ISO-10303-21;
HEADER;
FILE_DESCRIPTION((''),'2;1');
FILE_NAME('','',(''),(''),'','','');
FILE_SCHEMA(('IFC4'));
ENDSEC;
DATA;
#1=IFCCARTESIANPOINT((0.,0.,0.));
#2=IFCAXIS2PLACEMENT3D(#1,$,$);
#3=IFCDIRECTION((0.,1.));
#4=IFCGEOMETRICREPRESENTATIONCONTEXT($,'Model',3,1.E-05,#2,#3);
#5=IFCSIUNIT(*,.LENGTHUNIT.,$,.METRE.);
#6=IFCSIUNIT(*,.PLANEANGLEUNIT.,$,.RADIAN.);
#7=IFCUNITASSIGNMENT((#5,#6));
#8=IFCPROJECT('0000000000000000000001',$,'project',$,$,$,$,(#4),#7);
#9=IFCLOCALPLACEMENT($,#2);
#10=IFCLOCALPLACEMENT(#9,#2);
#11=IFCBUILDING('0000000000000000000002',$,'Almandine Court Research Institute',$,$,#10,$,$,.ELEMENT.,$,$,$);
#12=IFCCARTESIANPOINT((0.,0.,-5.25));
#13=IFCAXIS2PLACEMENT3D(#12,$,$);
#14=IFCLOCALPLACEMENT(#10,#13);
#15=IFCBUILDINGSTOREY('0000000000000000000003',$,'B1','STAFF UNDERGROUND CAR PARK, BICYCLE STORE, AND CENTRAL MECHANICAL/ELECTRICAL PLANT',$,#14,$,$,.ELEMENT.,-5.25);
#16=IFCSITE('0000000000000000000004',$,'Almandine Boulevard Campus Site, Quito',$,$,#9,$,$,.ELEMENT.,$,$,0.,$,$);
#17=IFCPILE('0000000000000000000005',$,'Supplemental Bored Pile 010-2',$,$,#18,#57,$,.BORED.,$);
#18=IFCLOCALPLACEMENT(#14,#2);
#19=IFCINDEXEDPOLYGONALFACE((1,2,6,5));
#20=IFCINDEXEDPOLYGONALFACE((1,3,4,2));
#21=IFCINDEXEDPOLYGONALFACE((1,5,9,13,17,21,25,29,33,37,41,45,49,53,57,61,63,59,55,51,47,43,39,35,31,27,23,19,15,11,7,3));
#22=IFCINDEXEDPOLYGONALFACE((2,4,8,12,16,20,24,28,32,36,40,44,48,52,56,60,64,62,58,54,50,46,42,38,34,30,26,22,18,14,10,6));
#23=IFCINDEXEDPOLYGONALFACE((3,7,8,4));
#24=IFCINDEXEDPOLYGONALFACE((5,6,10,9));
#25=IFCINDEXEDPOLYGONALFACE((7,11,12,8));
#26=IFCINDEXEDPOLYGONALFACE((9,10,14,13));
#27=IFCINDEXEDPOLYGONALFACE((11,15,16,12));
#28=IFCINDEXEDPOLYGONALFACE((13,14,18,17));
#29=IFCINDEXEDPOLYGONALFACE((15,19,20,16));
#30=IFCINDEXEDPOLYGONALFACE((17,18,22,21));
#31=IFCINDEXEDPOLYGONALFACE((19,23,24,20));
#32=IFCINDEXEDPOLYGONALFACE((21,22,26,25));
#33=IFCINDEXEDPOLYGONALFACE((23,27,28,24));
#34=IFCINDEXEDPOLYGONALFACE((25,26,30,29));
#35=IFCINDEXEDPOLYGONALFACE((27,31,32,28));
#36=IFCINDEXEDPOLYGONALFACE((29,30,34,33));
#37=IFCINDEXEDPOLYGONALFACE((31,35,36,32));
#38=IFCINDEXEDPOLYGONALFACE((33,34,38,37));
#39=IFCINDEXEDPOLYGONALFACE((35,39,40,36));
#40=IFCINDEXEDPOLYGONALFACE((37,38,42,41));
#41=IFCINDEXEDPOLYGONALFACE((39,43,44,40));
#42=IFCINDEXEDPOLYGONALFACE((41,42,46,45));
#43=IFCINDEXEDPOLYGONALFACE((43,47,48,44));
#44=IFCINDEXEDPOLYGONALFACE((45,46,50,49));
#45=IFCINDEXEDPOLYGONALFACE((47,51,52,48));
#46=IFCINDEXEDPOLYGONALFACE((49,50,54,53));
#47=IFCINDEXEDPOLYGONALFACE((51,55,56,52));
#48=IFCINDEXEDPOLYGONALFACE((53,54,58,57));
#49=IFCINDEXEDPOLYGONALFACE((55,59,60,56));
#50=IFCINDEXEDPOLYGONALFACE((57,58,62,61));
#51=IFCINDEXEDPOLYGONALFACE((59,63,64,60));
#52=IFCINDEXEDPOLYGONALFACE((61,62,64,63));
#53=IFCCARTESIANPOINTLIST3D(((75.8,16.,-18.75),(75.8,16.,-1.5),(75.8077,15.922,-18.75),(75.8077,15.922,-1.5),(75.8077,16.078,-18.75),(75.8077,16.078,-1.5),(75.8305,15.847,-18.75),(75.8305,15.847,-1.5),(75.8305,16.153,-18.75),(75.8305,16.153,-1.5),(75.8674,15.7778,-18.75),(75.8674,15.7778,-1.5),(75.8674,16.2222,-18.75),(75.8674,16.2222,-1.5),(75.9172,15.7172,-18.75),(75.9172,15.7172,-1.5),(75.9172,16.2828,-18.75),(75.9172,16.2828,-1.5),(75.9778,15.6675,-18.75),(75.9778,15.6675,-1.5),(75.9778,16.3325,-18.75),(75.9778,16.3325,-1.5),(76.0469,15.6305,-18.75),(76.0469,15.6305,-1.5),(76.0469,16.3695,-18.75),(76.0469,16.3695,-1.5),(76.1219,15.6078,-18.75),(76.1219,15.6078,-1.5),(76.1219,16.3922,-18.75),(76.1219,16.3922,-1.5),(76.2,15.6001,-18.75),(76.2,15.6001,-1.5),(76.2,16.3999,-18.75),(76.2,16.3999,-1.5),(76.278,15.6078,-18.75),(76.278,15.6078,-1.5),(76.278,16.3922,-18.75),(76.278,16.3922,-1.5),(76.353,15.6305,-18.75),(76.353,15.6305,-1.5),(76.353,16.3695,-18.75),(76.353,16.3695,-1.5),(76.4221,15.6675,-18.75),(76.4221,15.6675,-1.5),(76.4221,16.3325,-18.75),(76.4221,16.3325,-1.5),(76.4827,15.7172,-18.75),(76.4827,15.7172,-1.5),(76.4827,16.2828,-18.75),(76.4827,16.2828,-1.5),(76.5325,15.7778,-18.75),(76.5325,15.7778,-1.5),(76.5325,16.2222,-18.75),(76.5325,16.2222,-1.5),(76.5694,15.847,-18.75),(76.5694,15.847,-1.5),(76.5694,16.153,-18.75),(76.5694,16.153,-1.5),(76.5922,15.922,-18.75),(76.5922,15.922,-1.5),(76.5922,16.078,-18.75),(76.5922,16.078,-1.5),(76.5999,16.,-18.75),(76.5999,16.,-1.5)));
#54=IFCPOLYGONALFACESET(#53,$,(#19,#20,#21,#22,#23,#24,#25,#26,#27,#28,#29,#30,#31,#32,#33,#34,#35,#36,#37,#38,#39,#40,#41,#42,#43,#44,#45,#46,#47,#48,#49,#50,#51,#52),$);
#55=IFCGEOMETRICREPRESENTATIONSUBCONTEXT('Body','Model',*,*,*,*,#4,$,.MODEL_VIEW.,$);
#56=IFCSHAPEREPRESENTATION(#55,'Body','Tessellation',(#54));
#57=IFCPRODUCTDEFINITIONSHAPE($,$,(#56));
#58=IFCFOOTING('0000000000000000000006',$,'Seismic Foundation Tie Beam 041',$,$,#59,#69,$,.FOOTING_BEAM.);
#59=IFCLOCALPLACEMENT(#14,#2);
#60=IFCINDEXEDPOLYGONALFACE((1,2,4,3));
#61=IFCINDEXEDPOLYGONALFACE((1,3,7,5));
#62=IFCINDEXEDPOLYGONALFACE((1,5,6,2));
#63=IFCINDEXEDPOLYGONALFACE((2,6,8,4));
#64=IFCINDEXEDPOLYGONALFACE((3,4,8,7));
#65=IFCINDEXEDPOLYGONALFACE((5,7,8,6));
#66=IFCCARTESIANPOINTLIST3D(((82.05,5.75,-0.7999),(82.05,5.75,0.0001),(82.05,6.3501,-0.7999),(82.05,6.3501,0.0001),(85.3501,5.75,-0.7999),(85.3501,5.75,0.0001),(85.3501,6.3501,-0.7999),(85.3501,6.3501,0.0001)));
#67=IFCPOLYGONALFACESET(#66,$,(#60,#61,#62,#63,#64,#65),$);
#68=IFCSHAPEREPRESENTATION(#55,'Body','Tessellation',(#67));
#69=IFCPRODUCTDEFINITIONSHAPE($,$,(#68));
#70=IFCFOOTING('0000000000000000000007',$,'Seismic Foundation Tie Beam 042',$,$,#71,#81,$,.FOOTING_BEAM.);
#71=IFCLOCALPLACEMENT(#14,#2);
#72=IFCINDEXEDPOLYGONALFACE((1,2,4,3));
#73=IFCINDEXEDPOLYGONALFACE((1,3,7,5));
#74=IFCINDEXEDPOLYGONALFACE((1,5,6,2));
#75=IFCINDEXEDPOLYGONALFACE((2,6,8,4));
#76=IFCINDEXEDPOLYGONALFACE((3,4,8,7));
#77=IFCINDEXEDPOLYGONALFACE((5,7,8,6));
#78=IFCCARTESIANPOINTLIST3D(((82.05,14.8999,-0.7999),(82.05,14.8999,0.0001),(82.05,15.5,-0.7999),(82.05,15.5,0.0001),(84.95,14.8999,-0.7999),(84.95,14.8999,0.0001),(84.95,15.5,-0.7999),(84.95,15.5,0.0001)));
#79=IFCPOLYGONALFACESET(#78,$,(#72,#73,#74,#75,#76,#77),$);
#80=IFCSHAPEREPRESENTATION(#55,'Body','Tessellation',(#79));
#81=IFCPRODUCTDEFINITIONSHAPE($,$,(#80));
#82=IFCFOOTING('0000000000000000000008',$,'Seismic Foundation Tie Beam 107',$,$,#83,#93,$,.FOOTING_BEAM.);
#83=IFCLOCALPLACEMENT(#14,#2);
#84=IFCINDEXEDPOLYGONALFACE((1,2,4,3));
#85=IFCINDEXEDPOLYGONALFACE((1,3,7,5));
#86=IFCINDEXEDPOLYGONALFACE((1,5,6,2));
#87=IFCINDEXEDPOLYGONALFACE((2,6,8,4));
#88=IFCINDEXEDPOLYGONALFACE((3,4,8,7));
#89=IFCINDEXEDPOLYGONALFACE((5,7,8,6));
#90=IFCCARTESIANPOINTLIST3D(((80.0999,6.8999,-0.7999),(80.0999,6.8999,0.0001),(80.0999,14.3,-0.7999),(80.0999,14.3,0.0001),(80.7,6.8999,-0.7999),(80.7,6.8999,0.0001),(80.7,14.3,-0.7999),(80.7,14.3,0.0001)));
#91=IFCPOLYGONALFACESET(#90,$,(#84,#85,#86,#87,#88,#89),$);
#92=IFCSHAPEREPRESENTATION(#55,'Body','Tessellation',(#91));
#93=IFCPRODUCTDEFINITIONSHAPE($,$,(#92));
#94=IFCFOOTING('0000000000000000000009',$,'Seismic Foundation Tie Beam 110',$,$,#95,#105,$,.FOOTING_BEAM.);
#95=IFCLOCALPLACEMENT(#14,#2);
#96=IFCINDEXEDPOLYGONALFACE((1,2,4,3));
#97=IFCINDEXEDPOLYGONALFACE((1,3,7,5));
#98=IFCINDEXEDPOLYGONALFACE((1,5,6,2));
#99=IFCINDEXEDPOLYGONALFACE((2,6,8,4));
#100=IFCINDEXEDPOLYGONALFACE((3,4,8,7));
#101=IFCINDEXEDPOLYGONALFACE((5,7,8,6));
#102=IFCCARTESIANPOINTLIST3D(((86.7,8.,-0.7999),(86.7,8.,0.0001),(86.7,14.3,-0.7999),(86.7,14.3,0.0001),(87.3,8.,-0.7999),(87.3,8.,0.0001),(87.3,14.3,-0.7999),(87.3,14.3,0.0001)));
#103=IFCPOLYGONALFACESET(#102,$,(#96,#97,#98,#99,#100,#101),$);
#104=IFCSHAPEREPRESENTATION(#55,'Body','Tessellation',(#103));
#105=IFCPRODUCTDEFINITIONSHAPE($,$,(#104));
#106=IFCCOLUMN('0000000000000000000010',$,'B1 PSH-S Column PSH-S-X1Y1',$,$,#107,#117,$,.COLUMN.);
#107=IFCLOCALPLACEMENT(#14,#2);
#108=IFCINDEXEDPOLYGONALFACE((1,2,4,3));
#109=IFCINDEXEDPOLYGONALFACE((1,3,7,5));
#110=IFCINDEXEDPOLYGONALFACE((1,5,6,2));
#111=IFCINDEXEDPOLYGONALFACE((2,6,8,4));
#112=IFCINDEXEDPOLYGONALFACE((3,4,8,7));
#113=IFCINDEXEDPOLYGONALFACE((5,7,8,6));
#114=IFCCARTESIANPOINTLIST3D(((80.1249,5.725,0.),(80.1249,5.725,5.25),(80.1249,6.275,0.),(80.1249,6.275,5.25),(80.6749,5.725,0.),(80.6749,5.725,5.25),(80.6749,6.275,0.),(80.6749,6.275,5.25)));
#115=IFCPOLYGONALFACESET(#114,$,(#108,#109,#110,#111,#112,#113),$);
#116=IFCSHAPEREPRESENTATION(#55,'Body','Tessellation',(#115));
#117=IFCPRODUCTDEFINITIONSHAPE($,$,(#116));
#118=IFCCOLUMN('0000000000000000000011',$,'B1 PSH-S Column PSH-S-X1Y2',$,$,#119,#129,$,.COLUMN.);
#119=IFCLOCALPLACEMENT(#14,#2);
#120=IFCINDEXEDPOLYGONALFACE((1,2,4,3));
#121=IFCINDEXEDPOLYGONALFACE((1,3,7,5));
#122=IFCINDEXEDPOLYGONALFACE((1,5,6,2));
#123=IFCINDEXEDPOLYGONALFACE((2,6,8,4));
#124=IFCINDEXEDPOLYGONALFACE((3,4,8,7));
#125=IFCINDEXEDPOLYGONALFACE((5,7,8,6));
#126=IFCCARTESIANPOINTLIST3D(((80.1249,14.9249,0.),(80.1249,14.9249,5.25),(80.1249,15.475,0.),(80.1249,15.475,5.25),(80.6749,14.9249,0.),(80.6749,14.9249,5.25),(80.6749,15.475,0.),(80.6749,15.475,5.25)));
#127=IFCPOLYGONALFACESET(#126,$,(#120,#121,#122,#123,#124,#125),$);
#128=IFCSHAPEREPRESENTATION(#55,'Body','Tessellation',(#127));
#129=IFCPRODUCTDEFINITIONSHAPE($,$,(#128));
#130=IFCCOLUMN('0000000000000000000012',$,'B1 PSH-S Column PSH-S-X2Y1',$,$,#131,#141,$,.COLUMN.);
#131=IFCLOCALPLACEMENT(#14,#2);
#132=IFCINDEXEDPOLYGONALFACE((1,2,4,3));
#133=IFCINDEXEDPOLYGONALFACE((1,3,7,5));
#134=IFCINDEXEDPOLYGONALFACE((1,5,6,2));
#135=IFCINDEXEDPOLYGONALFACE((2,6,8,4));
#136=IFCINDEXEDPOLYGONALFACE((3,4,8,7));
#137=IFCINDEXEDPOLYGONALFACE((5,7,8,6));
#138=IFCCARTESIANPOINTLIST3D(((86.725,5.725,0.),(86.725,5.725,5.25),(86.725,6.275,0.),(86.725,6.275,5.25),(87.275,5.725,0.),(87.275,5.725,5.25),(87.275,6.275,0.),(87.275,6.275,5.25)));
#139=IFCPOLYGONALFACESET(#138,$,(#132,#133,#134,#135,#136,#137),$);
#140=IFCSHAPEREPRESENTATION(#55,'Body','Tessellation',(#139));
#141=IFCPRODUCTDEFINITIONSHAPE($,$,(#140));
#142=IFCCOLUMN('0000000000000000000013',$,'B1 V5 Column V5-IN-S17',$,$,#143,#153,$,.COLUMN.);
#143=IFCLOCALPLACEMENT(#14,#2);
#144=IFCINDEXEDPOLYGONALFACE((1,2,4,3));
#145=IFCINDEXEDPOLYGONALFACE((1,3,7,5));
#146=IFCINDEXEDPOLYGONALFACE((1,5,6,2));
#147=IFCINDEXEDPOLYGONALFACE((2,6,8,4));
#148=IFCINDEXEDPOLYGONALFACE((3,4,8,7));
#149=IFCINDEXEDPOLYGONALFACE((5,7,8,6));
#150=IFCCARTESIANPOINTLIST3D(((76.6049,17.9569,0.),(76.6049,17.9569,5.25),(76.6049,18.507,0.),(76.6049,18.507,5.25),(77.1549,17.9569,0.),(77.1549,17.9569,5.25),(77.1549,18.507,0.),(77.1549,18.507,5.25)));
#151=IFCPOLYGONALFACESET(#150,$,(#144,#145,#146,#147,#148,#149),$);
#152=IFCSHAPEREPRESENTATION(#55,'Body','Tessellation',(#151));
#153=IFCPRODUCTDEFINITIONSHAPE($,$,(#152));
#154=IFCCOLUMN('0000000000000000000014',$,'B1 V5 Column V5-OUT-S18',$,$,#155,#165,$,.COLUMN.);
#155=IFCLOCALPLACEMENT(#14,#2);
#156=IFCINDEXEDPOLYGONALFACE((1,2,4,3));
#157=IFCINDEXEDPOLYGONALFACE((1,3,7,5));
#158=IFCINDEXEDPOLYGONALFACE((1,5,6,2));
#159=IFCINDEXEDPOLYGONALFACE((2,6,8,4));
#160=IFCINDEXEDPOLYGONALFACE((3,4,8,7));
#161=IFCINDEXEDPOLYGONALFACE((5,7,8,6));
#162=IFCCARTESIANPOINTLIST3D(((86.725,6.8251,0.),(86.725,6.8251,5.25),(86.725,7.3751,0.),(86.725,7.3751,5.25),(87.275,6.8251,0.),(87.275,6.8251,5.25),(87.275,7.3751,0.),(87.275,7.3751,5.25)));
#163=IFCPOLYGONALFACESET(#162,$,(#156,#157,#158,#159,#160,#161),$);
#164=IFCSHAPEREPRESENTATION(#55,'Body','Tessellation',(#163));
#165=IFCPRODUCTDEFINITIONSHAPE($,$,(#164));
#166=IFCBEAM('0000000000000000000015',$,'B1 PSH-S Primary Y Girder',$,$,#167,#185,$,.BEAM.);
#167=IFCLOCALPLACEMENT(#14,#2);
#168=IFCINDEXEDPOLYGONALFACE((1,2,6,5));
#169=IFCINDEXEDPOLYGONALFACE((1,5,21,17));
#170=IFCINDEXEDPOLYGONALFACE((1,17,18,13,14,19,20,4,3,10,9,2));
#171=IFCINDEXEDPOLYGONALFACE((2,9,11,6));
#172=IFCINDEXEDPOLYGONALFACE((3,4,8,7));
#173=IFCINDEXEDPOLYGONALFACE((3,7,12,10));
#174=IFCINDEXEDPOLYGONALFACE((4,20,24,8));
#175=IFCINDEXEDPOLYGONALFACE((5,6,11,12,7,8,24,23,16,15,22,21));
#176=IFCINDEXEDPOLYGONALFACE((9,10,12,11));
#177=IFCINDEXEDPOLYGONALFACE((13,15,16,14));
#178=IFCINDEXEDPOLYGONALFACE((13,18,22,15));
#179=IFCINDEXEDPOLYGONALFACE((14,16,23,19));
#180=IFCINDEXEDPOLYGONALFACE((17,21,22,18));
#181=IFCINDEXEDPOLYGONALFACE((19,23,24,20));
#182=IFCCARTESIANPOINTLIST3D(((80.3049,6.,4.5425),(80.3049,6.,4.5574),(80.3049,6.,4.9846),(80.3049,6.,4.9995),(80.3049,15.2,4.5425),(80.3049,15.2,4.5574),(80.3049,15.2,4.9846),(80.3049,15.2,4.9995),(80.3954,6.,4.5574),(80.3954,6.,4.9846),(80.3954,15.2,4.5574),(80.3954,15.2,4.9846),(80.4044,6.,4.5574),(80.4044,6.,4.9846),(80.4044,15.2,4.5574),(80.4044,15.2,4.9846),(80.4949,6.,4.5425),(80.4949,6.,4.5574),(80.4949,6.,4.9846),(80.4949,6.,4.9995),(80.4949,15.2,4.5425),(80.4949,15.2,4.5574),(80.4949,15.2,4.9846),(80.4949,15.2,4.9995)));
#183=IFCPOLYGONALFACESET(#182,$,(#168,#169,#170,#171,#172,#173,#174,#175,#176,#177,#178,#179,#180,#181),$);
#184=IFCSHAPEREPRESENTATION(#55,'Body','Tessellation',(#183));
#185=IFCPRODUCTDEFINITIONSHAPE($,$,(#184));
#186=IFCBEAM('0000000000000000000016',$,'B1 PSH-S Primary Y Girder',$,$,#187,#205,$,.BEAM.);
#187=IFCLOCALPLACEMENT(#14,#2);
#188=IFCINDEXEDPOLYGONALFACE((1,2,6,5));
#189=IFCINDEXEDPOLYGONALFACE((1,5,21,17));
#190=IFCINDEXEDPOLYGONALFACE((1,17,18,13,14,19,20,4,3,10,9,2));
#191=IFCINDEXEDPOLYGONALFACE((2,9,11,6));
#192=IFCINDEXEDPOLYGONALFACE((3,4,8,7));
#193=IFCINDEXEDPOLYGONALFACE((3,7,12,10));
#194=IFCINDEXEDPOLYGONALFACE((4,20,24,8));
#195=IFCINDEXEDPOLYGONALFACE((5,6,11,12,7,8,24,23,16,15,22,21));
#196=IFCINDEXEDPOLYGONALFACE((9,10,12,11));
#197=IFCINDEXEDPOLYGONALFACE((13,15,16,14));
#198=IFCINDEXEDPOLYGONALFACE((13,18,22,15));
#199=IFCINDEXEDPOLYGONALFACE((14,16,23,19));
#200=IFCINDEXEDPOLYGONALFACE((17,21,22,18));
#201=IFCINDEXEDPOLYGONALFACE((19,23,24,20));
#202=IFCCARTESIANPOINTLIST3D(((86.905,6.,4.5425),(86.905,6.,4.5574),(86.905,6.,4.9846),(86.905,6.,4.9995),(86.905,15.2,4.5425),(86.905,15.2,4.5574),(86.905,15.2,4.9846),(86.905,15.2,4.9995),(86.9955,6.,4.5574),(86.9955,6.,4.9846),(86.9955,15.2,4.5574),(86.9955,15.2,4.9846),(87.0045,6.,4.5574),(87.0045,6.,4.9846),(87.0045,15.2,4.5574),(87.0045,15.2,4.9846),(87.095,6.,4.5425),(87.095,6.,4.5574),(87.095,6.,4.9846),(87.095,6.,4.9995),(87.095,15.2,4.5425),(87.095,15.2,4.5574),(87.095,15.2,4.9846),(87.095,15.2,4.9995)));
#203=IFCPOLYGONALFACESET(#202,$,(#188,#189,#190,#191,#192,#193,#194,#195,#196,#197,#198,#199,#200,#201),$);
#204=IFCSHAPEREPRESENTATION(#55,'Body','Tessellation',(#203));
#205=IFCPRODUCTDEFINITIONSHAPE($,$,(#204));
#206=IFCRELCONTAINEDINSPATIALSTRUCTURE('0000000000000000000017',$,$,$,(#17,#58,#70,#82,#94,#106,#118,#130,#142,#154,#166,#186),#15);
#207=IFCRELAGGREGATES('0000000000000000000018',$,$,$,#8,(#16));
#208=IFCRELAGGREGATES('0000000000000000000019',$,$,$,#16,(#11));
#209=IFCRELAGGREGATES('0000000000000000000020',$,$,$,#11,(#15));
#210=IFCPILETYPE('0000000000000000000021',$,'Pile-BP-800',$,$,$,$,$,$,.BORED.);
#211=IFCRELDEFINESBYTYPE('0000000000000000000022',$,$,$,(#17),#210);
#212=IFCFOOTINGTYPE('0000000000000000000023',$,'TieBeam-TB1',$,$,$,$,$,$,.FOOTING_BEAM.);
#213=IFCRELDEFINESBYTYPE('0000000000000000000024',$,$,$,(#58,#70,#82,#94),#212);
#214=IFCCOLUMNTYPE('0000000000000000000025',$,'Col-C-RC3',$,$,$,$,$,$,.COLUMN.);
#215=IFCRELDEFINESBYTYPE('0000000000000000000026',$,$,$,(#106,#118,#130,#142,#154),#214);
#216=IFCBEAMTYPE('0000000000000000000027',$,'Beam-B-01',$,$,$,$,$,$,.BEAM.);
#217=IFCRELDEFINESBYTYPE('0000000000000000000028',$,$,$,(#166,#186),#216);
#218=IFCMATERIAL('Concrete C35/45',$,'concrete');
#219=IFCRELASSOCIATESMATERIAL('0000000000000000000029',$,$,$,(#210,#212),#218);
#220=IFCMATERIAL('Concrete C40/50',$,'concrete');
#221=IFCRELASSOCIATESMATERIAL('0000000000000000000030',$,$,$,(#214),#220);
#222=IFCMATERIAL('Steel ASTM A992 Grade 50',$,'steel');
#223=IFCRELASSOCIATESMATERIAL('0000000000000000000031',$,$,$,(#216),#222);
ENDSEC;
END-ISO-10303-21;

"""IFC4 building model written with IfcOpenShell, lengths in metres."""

from ifc_helpers import new_model, si_unit, direction, frame, origin, origin_2d, place, context, subcontext, project, spatial, rectangle, circle, i_section, extrude, material, material_profile, profile_set, type_object, element, save


model = new_model("IFC4")

# Units and contexts
model_context = context("Model", 3, precision=1e-05, world=origin(), true_north=direction((0.0, 1.0)))
body_context = subcontext(model_context, "Body", "Model", "MODEL_VIEW")
ifc_project = project(units=[si_unit("LENGTHUNIT", "METRE"), si_unit("PLANEANGLEUNIT", "RADIAN")], contexts=[model_context])

# Site, building, storey
site_placement = place(None, origin())
site = spatial("IfcSite", under=ifc_project, at=site_placement, Name="Almandine Boulevard Campus Site, Quito", CompositionType="ELEMENT", RefElevation=0.0)
building_placement = place(site_placement, origin())
building = spatial("IfcBuilding", under=site, at=building_placement, Name="Almandine Court Research Institute", CompositionType="ELEMENT")
storey_placement = place(building_placement, frame((0.0, 0.0, -5.25)))
storey = spatial("IfcBuildingStorey", under=building, at=storey_placement, Name="B1", Description="STAFF UNDERGROUND CAR PARK, BICYCLE STORE, AND CENTRAL MECHANICAL/ELECTRICAL PLANT", CompositionType="ELEMENT", Elevation=-5.25)

# Shared definitions
ifc_material_1 = material(Name="Concrete C35/45", Category="concrete")

# Pile
ifc_material_profile_1 = material_profile(ifc_material_1, circle(Radius=0.3999, at=origin_2d()), Name="BORED PILE D800")
ifc_profile_set_1 = profile_set([ifc_material_profile_1], Name="Concrete C35/45")
pile_type_1 = type_object("IfcPileType", Name="Pile-BP-800", PredefinedType="BORED", material=ifc_profile_set_1)
for number, where, z_axis, x_axis, name in (
    (1, (76.2, 16.0, -1.5), (0.0, 0.0, -1.0), (1.0, 0.0, 0.0), "Supplemental Bored Pile 010-2"),
):
    element("IfcPile", number, at=place(storey_placement, frame(where, z_axis=z_axis, x_axis=x_axis)), inside=storey, type_object=pile_type_1, Name=name, PredefinedType="BORED", context=body_context, shape_type="SweptSolid", body=[
        extrude(circle(Radius=0.3999, at=origin_2d()), origin(), (0.0, 0.0, 1.0), 17.25),
    ])

# Footings
ifc_material_profile_2 = material_profile(ifc_material_1, rectangle(XDim=0.6001, YDim=0.8, at=origin_2d()), Name="RC TIE 600x800")
ifc_profile_set_2 = profile_set([ifc_material_profile_2], Name="Concrete C35/45")
footing_type_1 = type_object("IfcFootingType", Name="TieBeam-TB1", PredefinedType="FOOTING_BEAM", material=ifc_profile_set_2)
footing_1_placement = place(storey_placement, frame((82.05, 6.05, -0.3999), z_axis=(1.0, 0.0, 0.0), x_axis=(0.0, 1.0, 0.0)))
element("IfcFooting", 2, at=footing_1_placement, inside=storey, type_object=footing_type_1, Name="Seismic Foundation Tie Beam 041", PredefinedType="FOOTING_BEAM", context=body_context, shape_type="SweptSolid", body=[
    extrude(rectangle(XDim=0.6001, YDim=0.8, at=origin_2d()), origin(), (0.0, 0.0, 1.0), 3.3),
])
footing_2_placement = place(storey_placement, frame((82.05, 15.2, -0.3999), z_axis=(1.0, 0.0, 0.0), x_axis=(0.0, 1.0, 0.0)))
element("IfcFooting", 3, at=footing_2_placement, inside=storey, type_object=footing_type_1, Name="Seismic Foundation Tie Beam 042", PredefinedType="FOOTING_BEAM", context=body_context, shape_type="SweptSolid", body=[
    extrude(rectangle(XDim=0.6001, YDim=0.8, at=origin_2d()), origin(), (0.0, 0.0, 1.0), 2.8999),
])
footing_3_placement = place(storey_placement, frame((80.3999, 6.8999, -0.3999), z_axis=(0.0, 1.0, 0.0), x_axis=(-1.0, 0.0, 0.0)))
element("IfcFooting", 4, at=footing_3_placement, inside=storey, type_object=footing_type_1, Name="Seismic Foundation Tie Beam 107", PredefinedType="FOOTING_BEAM", context=body_context, shape_type="SweptSolid", body=[
    extrude(rectangle(XDim=0.6001, YDim=0.8, at=origin_2d()), origin(), (0.0, 0.0, 1.0), 7.4001),
])
footing_4_placement = place(storey_placement, frame((87.0, 8.0, -0.3999), z_axis=(0.0, 1.0, 0.0), x_axis=(-1.0, 0.0, 0.0)))
element("IfcFooting", 5, at=footing_4_placement, inside=storey, type_object=footing_type_1, Name="Seismic Foundation Tie Beam 110", PredefinedType="FOOTING_BEAM", context=body_context, shape_type="SweptSolid", body=[
    extrude(rectangle(XDim=0.6001, YDim=0.8, at=origin_2d()), origin(), (0.0, 0.0, 1.0), 6.3),
])

# Columns
ifc_material_2 = material(Name="Concrete C40/50", Category="concrete")
ifc_material_profile_3 = material_profile(ifc_material_2, rectangle(XDim=0.55, YDim=0.55, at=origin_2d()), Name="RC 550x550")
ifc_profile_set_3 = profile_set([ifc_material_profile_3], Name="Concrete C40/50")
column_type = type_object("IfcColumnType", Name="Col-C-RC3", PredefinedType="COLUMN", material=ifc_profile_set_3)
for number, where, z_axis, x_axis, name in (
    (6, (80.3999, 6.0, 0.0), (0.0, 0.0, 1.0), (1.0, 0.0, 0.0), "B1 PSH-S Column PSH-S-X1Y1"),
    (7, (80.3999, 15.2, 0.0), (0.0, 0.0, 1.0), (1.0, 0.0, 0.0), "B1 PSH-S Column PSH-S-X1Y2"),
    (8, (87.0, 6.0, 0.0), (0.0, 0.0, 1.0), (1.0, 0.0, 0.0), "B1 PSH-S Column PSH-S-X2Y1"),
    (9, (76.8799, 18.2319, 0.0), (0.0, 0.0, 1.0), (1.0, 0.0, 0.0), "B1 V5 Column V5-IN-S17"),
    (10, (87.0, 7.1001, 0.0), (0.0, 0.0, 1.0), (1.0, 0.0, 0.0), "B1 V5 Column V5-OUT-S18"),
):
    element("IfcColumn", number, at=place(storey_placement, frame(where, z_axis=z_axis, x_axis=x_axis)), inside=storey, type_object=column_type, Name=name, PredefinedType="COLUMN", context=body_context, shape_type="SweptSolid", body=[
        extrude(rectangle(XDim=0.55, YDim=0.55, at=origin_2d()), origin(), (0.0, 0.0, 1.0), 5.25),
    ])

# Beams
ifc_material_3 = material(Name="Steel ASTM A992 Grade 50", Category="steel")
ifc_material_profile_4 = material_profile(ifc_material_3, i_section(OverallWidth=0.1899, OverallDepth=0.457, WebThickness=0.009, FlangeThickness=0.0149, at=origin_2d()), Name="W460x74")
ifc_profile_set_4 = profile_set([ifc_material_profile_4], Name="Steel ASTM A992 Grade 50")
beam_type_1 = type_object("IfcBeamType", Name="Beam-B-01", PredefinedType="BEAM", material=ifc_profile_set_4)
for number, where, z_axis, x_axis, name in (
    (11, (80.3999, 6.0, 4.771), (0.0, 1.0, 0.0), (-1.0, 0.0, 0.0), "B1 PSH-S Primary Y Girder"),
    (12, (87.0, 6.0, 4.771), (0.0, 1.0, 0.0), (-1.0, 0.0, 0.0), "B1 PSH-S Primary Y Girder"),
):
    element("IfcBeam", number, at=place(storey_placement, frame(where, z_axis=z_axis, x_axis=x_axis)), inside=storey, type_object=beam_type_1, Name=name, PredefinedType="BEAM", context=body_context, shape_type="SweptSolid", body=[
        extrude(i_section(OverallWidth=0.1899, OverallDepth=0.457, WebThickness=0.009, FlangeThickness=0.0149, at=origin_2d()), origin(), (0.0, 0.0, 1.0), 9.2),
    ])

save(model, "model.ifc")
